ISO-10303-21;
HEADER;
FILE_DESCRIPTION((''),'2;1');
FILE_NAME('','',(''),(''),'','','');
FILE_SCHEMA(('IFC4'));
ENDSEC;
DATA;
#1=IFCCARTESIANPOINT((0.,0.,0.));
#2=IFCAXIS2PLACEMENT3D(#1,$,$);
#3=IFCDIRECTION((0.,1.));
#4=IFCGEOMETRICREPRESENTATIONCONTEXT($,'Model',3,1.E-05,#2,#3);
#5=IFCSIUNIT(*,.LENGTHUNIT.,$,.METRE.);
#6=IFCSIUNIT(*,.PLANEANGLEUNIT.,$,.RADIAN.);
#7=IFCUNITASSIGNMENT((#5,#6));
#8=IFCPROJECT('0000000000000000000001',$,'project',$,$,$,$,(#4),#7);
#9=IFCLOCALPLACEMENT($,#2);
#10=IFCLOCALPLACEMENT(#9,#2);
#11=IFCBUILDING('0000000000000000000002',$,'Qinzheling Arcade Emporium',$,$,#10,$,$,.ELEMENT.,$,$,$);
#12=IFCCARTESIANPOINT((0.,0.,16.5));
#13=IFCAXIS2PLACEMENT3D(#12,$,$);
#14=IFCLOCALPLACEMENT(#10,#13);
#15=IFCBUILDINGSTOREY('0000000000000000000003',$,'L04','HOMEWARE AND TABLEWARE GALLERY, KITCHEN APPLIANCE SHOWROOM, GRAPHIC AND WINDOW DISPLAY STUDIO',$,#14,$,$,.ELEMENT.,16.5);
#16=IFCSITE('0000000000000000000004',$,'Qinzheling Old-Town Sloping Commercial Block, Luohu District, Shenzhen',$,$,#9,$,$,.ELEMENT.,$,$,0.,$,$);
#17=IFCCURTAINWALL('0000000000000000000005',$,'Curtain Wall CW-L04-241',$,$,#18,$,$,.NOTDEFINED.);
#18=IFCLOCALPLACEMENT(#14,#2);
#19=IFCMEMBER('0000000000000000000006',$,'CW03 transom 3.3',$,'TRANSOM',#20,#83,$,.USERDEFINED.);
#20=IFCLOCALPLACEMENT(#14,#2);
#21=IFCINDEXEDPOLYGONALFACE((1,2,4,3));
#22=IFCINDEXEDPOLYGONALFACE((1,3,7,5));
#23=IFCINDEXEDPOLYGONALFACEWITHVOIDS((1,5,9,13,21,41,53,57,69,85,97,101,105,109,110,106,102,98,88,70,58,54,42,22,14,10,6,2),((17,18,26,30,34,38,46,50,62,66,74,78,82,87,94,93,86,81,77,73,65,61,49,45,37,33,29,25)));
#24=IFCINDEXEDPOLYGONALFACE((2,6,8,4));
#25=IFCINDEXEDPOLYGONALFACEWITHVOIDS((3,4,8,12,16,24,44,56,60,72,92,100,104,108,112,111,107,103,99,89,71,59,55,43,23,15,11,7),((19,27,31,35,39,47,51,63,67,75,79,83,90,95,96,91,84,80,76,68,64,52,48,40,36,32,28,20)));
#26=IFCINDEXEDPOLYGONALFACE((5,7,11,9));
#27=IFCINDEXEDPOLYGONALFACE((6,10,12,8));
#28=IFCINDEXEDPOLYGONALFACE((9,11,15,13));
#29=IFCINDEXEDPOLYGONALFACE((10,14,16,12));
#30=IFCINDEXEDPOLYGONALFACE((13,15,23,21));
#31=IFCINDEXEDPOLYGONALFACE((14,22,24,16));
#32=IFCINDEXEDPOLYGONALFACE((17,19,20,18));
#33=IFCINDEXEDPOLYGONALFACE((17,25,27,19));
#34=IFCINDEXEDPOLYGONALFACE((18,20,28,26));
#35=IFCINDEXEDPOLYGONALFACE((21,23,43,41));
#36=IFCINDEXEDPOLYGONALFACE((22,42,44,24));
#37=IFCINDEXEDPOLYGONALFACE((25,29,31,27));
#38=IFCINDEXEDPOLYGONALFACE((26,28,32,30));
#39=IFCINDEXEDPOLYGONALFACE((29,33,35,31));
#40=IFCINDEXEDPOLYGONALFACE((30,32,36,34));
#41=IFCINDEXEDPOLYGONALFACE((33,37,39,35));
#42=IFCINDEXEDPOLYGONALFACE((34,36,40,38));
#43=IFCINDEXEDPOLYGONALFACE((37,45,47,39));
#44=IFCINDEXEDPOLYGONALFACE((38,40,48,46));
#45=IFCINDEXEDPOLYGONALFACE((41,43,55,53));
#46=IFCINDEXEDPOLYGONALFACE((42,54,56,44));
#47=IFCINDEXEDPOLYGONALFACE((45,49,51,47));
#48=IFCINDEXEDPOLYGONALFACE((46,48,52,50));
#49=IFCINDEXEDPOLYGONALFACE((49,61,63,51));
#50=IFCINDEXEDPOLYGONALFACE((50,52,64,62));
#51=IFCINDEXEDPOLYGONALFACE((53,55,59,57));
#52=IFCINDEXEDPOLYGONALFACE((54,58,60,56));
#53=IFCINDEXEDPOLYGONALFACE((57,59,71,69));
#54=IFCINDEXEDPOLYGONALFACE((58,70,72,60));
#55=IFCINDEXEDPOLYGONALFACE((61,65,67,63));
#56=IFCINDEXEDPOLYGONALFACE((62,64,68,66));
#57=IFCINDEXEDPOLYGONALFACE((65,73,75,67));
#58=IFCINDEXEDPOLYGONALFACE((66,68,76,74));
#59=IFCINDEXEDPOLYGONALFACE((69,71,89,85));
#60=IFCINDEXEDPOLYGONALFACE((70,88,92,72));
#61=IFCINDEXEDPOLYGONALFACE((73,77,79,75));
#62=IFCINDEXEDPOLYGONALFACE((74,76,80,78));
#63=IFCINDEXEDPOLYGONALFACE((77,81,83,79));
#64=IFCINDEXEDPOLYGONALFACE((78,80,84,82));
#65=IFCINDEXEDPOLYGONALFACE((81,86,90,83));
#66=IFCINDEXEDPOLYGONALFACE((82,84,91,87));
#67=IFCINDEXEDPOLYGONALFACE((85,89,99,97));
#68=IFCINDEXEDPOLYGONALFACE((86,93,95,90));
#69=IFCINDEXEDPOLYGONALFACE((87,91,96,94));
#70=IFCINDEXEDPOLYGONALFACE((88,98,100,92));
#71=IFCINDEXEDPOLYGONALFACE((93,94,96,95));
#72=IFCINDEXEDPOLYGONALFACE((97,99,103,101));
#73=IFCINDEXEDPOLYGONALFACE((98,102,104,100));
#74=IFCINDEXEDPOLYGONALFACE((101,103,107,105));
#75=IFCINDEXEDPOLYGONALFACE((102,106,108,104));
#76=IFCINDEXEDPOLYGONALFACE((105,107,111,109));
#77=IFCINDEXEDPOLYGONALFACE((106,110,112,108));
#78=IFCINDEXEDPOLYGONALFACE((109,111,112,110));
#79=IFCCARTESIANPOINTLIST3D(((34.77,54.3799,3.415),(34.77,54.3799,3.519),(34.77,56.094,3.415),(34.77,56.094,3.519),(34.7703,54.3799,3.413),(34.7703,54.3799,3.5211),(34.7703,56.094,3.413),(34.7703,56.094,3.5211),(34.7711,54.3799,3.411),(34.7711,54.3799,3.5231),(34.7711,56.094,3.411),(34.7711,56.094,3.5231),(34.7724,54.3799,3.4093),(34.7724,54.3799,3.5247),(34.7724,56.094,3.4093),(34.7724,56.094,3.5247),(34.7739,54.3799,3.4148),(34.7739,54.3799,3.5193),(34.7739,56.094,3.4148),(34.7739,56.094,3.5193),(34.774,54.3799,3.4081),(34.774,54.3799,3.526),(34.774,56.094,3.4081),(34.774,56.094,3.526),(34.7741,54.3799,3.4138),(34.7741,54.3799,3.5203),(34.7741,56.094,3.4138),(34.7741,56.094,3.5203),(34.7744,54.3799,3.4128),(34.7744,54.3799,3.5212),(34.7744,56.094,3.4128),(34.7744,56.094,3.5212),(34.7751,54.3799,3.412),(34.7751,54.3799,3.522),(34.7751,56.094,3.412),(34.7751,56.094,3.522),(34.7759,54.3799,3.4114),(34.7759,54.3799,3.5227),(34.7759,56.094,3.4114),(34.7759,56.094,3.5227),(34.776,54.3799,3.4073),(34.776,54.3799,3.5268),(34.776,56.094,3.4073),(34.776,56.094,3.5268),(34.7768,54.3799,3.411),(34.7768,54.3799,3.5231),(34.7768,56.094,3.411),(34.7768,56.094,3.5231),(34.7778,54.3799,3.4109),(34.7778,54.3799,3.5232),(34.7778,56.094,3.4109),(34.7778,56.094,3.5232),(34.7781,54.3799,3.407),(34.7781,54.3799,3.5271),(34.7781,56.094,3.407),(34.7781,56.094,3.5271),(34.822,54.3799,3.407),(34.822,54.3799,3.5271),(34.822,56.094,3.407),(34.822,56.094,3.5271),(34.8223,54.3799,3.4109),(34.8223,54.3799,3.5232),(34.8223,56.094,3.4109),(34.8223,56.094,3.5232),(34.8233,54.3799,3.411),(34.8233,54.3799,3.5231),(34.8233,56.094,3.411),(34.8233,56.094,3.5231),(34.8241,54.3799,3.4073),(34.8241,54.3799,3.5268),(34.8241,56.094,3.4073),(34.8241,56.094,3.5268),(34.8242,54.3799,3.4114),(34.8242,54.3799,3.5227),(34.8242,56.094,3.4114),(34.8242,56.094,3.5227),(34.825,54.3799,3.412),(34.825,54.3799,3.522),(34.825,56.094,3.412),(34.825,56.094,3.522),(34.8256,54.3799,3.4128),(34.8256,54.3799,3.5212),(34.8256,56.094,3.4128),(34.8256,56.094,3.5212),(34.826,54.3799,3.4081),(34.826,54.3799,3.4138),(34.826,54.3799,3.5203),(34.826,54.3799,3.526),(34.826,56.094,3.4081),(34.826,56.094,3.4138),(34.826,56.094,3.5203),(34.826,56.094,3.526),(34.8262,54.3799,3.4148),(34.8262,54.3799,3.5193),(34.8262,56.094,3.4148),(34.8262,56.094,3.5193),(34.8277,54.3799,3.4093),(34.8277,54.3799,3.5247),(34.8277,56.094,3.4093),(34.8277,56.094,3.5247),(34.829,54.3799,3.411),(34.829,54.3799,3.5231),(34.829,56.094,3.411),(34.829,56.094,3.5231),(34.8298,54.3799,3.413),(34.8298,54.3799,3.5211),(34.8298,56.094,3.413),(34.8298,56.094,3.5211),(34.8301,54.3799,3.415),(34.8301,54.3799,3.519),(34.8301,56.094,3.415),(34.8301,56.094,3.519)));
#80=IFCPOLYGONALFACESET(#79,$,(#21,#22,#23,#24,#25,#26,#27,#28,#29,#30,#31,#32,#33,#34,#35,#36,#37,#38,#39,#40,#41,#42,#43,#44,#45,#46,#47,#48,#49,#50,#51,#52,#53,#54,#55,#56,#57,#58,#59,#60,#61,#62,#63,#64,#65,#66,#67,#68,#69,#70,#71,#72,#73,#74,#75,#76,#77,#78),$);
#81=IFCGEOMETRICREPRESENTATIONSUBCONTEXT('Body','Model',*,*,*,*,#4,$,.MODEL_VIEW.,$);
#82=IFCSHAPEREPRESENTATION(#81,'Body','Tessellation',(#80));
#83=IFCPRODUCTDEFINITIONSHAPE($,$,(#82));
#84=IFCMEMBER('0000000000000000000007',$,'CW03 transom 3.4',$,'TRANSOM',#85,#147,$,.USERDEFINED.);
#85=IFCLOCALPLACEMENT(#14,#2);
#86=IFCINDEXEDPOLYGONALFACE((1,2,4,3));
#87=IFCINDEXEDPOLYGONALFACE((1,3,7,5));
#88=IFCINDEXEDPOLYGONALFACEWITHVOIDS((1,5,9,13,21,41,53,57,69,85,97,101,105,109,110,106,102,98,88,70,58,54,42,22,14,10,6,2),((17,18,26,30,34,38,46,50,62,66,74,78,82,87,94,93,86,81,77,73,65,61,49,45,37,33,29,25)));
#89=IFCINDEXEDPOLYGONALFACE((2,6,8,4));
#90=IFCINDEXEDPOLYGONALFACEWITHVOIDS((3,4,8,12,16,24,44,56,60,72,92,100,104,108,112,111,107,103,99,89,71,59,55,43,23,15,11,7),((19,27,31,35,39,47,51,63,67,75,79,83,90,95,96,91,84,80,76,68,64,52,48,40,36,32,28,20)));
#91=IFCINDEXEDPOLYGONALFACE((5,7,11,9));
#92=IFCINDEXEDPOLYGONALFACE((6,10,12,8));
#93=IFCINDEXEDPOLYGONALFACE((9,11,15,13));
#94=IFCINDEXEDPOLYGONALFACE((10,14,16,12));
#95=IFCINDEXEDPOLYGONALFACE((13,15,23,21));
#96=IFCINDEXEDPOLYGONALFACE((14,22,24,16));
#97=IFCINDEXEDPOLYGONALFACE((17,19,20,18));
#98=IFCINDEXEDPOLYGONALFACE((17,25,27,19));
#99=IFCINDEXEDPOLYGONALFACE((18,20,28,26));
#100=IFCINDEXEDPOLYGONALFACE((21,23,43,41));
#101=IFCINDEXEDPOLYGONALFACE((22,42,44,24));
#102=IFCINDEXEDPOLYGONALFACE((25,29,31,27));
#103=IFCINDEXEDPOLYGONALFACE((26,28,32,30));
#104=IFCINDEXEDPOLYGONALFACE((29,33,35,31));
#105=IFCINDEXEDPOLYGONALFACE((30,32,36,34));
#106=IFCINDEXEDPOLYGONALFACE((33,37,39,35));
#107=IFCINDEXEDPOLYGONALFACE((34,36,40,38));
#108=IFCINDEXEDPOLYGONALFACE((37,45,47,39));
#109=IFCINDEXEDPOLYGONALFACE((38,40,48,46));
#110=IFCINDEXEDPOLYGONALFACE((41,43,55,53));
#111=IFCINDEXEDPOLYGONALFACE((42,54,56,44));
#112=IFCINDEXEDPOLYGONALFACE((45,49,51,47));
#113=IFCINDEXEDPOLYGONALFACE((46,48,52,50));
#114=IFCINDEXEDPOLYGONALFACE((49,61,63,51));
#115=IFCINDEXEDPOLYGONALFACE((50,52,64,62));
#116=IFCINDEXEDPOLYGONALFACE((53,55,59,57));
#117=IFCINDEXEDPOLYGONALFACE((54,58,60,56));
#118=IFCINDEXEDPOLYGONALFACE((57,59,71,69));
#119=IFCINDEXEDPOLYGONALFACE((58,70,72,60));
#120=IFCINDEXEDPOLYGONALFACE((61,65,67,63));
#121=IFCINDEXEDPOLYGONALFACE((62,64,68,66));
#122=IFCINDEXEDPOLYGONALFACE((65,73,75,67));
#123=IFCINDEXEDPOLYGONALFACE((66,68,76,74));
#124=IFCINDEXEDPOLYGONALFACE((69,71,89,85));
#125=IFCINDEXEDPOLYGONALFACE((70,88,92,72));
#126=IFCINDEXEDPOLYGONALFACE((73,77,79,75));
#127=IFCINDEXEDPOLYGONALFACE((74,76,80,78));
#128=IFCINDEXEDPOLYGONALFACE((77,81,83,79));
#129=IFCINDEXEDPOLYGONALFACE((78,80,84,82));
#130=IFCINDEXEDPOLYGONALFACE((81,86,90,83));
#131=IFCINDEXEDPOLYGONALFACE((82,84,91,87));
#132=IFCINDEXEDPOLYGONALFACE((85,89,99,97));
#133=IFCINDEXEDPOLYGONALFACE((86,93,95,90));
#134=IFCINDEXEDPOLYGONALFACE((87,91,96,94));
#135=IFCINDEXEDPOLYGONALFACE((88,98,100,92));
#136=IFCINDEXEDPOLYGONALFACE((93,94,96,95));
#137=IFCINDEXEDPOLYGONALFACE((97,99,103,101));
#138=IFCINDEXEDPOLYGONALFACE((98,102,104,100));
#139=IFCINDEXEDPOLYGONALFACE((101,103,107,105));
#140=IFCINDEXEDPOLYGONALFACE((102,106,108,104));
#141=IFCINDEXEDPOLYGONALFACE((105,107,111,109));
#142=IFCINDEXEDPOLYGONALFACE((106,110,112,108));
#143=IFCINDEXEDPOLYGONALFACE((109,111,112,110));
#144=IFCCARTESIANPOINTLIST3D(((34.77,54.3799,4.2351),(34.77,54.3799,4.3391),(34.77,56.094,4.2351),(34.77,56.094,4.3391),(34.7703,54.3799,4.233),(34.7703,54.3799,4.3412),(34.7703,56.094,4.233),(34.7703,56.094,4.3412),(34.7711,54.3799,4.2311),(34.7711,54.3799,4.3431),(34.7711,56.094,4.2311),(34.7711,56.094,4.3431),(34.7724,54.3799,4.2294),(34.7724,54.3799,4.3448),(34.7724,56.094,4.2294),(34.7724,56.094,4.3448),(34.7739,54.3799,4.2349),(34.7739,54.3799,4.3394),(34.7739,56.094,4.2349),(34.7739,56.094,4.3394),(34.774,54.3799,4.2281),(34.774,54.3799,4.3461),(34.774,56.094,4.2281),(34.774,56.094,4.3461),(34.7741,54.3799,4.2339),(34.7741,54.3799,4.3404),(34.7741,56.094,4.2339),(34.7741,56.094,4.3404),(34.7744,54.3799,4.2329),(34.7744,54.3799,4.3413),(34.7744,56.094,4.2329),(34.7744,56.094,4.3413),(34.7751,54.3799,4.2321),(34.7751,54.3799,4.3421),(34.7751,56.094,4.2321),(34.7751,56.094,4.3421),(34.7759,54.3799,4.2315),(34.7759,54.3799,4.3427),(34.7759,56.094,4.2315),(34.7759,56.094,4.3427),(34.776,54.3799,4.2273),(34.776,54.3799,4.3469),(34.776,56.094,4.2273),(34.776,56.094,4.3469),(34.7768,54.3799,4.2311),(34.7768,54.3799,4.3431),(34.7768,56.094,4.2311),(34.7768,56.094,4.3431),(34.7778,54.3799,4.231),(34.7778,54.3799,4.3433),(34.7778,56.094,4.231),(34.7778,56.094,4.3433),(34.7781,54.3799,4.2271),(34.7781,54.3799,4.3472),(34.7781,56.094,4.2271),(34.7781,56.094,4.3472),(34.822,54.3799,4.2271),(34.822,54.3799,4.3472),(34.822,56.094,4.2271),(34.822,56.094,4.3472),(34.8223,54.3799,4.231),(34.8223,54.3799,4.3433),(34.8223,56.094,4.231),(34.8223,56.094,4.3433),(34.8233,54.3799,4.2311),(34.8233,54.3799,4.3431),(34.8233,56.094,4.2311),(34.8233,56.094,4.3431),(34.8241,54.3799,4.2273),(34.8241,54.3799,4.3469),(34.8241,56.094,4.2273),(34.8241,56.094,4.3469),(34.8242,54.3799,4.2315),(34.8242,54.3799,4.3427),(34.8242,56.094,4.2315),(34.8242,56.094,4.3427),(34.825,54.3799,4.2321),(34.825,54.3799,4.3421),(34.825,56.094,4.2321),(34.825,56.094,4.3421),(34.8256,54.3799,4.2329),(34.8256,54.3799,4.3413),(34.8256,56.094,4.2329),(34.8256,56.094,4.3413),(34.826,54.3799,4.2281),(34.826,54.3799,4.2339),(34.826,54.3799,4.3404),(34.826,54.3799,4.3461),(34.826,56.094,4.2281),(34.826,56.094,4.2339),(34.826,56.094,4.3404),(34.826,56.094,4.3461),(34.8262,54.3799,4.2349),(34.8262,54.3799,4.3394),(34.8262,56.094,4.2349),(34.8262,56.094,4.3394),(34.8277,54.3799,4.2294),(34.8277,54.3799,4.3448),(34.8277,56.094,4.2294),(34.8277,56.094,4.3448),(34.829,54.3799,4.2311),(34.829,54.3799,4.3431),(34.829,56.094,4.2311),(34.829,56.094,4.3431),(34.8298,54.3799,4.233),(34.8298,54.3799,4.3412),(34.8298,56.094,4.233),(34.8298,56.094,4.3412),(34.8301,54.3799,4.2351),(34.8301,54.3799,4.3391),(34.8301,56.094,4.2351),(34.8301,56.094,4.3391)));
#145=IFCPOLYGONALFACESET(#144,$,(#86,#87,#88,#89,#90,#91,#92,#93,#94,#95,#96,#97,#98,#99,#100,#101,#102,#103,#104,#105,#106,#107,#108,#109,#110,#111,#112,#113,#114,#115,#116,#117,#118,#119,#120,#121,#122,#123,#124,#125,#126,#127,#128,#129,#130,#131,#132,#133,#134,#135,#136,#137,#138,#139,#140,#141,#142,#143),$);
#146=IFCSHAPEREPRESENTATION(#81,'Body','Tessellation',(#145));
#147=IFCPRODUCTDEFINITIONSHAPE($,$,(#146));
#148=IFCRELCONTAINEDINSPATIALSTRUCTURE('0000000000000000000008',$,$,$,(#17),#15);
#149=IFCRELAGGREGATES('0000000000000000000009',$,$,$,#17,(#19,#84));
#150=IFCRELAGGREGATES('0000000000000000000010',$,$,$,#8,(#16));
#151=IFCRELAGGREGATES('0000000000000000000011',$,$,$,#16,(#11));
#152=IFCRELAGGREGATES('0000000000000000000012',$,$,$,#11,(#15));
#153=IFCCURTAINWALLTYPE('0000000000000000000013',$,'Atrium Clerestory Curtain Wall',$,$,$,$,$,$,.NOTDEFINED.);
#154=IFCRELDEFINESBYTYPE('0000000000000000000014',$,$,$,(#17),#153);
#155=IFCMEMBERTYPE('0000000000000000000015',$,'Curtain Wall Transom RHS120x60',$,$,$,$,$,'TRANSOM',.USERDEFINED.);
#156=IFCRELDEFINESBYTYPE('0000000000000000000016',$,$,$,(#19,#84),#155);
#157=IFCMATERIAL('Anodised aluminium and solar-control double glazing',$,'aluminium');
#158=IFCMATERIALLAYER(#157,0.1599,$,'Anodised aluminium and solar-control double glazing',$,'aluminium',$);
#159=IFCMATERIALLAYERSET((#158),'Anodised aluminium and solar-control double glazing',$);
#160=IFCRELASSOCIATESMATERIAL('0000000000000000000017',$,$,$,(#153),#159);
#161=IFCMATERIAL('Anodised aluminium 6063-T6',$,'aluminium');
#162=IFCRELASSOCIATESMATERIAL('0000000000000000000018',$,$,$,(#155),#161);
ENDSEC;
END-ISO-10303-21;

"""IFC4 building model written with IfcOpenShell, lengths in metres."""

from ifc_helpers import new_model, si_unit, direction, frame, origin, origin_2d, place, context, subcontext, project, spatial, hollow_rectangle, extrude, material, layer, layer_set, material_profile, profile_set, type_object, element, aggregate, save


model = new_model("IFC4")

# Units and contexts
model_context = context("Model", 3, precision=1e-05, world=origin(), true_north=direction((0.0, 1.0)))
body_context = subcontext(model_context, "Body", "Model", "MODEL_VIEW")
ifc_project = project(units=[si_unit("LENGTHUNIT", "METRE"), si_unit("PLANEANGLEUNIT", "RADIAN")], contexts=[model_context])

# Site, building, storey
site_placement = place(None, origin())
site = spatial("IfcSite", under=ifc_project, at=site_placement, Name="Qinzheling Old-Town Sloping Commercial Block, Luohu District, Shenzhen", CompositionType="ELEMENT", RefElevation=0.0)
building_placement = place(site_placement, origin())
building = spatial("IfcBuilding", under=site, at=building_placement, Name="Qinzheling Arcade Emporium", CompositionType="ELEMENT")
storey_placement = place(building_placement, frame((0.0, 0.0, 16.5)))
storey = spatial("IfcBuildingStorey", under=building, at=storey_placement, Name="L04", Description="HOMEWARE AND TABLEWARE GALLERY, KITCHEN APPLIANCE SHOWROOM, GRAPHIC AND WINDOW DISPLAY STUDIO", CompositionType="ELEMENT", Elevation=16.5)

# Curtain wall
ifc_material_1 = material(Name="Anodised aluminium and solar-control double glazing", Category="aluminium")
ifc_layer_1 = layer(ifc_material_1, 0.1599, Name="Anodised aluminium and solar-control double glazing", Category="aluminium")
ifc_layer_set_1 = layer_set([ifc_layer_1], Name="Anodised aluminium and solar-control double glazing")
curtain_wall_type = type_object("IfcCurtainWallType", Name="Atrium Clerestory Curtain Wall", PredefinedType="NOTDEFINED", material=ifc_layer_set_1)
curtain_wall_1_placement = place(storey_placement, origin())
curtain_wall_1 = element("IfcCurtainWall", 1, at=curtain_wall_1_placement, inside=storey, type_object=curtain_wall_type, Name="Curtain Wall CW-L04-241", PredefinedType="NOTDEFINED")
ifc_material_2 = material(Name="Anodised aluminium 6063-T6", Category="aluminium")

# Members
ifc_material_profile_1 = material_profile(ifc_material_2, hollow_rectangle(XDim=0.0601, YDim=0.1201, WallThickness=0.0039, InnerFilletRadius=0.0039, OuterFilletRadius=0.0081, at=origin_2d()), Name="RHS 120x60x4", Category="aluminium")
ifc_profile_set_1 = profile_set([ifc_material_profile_1], Name="Anodised aluminium 6063-T6")
member_type_1 = type_object("IfcMemberType", Name="Curtain Wall Transom RHS120x60", ElementType="TRANSOM", PredefinedType="USERDEFINED", material=ifc_profile_set_1)
member_1_placement = place(storey_placement, frame((34.8, 54.3799, 3.467), z_axis=(0.0, 1.0, 0.0), x_axis=(-1.0, 0.0, 0.0)))
member_1 = element("IfcMember", 2, at=member_1_placement, type_object=member_type_1, Name="CW03 transom 3.3", ObjectType="TRANSOM", PredefinedType="USERDEFINED", context=body_context, shape_type="SweptSolid", body=[
    extrude(hollow_rectangle(XDim=0.0601, YDim=0.1201, WallThickness=0.0039, InnerFilletRadius=0.0039, OuterFilletRadius=0.0081, at=origin_2d()), origin(), (0.0, 0.0, 1.0), 1.7141),
])
member_2_placement = place(storey_placement, frame((34.8, 54.3799, 4.2871), z_axis=(0.0, 1.0, 0.0), x_axis=(-1.0, 0.0, 0.0)))
member_2 = element("IfcMember", 3, at=member_2_placement, type_object=member_type_1, Name="CW03 transom 3.4", ObjectType="TRANSOM", PredefinedType="USERDEFINED", context=body_context, shape_type="SweptSolid", body=[
    extrude(hollow_rectangle(XDim=0.0601, YDim=0.1201, WallThickness=0.0039, InnerFilletRadius=0.0039, OuterFilletRadius=0.0081, at=origin_2d()), origin(), (0.0, 0.0, 1.0), 1.7141),
])

aggregate(curtain_wall_1, [member_1, member_2])

save(model, "model.ifc")
